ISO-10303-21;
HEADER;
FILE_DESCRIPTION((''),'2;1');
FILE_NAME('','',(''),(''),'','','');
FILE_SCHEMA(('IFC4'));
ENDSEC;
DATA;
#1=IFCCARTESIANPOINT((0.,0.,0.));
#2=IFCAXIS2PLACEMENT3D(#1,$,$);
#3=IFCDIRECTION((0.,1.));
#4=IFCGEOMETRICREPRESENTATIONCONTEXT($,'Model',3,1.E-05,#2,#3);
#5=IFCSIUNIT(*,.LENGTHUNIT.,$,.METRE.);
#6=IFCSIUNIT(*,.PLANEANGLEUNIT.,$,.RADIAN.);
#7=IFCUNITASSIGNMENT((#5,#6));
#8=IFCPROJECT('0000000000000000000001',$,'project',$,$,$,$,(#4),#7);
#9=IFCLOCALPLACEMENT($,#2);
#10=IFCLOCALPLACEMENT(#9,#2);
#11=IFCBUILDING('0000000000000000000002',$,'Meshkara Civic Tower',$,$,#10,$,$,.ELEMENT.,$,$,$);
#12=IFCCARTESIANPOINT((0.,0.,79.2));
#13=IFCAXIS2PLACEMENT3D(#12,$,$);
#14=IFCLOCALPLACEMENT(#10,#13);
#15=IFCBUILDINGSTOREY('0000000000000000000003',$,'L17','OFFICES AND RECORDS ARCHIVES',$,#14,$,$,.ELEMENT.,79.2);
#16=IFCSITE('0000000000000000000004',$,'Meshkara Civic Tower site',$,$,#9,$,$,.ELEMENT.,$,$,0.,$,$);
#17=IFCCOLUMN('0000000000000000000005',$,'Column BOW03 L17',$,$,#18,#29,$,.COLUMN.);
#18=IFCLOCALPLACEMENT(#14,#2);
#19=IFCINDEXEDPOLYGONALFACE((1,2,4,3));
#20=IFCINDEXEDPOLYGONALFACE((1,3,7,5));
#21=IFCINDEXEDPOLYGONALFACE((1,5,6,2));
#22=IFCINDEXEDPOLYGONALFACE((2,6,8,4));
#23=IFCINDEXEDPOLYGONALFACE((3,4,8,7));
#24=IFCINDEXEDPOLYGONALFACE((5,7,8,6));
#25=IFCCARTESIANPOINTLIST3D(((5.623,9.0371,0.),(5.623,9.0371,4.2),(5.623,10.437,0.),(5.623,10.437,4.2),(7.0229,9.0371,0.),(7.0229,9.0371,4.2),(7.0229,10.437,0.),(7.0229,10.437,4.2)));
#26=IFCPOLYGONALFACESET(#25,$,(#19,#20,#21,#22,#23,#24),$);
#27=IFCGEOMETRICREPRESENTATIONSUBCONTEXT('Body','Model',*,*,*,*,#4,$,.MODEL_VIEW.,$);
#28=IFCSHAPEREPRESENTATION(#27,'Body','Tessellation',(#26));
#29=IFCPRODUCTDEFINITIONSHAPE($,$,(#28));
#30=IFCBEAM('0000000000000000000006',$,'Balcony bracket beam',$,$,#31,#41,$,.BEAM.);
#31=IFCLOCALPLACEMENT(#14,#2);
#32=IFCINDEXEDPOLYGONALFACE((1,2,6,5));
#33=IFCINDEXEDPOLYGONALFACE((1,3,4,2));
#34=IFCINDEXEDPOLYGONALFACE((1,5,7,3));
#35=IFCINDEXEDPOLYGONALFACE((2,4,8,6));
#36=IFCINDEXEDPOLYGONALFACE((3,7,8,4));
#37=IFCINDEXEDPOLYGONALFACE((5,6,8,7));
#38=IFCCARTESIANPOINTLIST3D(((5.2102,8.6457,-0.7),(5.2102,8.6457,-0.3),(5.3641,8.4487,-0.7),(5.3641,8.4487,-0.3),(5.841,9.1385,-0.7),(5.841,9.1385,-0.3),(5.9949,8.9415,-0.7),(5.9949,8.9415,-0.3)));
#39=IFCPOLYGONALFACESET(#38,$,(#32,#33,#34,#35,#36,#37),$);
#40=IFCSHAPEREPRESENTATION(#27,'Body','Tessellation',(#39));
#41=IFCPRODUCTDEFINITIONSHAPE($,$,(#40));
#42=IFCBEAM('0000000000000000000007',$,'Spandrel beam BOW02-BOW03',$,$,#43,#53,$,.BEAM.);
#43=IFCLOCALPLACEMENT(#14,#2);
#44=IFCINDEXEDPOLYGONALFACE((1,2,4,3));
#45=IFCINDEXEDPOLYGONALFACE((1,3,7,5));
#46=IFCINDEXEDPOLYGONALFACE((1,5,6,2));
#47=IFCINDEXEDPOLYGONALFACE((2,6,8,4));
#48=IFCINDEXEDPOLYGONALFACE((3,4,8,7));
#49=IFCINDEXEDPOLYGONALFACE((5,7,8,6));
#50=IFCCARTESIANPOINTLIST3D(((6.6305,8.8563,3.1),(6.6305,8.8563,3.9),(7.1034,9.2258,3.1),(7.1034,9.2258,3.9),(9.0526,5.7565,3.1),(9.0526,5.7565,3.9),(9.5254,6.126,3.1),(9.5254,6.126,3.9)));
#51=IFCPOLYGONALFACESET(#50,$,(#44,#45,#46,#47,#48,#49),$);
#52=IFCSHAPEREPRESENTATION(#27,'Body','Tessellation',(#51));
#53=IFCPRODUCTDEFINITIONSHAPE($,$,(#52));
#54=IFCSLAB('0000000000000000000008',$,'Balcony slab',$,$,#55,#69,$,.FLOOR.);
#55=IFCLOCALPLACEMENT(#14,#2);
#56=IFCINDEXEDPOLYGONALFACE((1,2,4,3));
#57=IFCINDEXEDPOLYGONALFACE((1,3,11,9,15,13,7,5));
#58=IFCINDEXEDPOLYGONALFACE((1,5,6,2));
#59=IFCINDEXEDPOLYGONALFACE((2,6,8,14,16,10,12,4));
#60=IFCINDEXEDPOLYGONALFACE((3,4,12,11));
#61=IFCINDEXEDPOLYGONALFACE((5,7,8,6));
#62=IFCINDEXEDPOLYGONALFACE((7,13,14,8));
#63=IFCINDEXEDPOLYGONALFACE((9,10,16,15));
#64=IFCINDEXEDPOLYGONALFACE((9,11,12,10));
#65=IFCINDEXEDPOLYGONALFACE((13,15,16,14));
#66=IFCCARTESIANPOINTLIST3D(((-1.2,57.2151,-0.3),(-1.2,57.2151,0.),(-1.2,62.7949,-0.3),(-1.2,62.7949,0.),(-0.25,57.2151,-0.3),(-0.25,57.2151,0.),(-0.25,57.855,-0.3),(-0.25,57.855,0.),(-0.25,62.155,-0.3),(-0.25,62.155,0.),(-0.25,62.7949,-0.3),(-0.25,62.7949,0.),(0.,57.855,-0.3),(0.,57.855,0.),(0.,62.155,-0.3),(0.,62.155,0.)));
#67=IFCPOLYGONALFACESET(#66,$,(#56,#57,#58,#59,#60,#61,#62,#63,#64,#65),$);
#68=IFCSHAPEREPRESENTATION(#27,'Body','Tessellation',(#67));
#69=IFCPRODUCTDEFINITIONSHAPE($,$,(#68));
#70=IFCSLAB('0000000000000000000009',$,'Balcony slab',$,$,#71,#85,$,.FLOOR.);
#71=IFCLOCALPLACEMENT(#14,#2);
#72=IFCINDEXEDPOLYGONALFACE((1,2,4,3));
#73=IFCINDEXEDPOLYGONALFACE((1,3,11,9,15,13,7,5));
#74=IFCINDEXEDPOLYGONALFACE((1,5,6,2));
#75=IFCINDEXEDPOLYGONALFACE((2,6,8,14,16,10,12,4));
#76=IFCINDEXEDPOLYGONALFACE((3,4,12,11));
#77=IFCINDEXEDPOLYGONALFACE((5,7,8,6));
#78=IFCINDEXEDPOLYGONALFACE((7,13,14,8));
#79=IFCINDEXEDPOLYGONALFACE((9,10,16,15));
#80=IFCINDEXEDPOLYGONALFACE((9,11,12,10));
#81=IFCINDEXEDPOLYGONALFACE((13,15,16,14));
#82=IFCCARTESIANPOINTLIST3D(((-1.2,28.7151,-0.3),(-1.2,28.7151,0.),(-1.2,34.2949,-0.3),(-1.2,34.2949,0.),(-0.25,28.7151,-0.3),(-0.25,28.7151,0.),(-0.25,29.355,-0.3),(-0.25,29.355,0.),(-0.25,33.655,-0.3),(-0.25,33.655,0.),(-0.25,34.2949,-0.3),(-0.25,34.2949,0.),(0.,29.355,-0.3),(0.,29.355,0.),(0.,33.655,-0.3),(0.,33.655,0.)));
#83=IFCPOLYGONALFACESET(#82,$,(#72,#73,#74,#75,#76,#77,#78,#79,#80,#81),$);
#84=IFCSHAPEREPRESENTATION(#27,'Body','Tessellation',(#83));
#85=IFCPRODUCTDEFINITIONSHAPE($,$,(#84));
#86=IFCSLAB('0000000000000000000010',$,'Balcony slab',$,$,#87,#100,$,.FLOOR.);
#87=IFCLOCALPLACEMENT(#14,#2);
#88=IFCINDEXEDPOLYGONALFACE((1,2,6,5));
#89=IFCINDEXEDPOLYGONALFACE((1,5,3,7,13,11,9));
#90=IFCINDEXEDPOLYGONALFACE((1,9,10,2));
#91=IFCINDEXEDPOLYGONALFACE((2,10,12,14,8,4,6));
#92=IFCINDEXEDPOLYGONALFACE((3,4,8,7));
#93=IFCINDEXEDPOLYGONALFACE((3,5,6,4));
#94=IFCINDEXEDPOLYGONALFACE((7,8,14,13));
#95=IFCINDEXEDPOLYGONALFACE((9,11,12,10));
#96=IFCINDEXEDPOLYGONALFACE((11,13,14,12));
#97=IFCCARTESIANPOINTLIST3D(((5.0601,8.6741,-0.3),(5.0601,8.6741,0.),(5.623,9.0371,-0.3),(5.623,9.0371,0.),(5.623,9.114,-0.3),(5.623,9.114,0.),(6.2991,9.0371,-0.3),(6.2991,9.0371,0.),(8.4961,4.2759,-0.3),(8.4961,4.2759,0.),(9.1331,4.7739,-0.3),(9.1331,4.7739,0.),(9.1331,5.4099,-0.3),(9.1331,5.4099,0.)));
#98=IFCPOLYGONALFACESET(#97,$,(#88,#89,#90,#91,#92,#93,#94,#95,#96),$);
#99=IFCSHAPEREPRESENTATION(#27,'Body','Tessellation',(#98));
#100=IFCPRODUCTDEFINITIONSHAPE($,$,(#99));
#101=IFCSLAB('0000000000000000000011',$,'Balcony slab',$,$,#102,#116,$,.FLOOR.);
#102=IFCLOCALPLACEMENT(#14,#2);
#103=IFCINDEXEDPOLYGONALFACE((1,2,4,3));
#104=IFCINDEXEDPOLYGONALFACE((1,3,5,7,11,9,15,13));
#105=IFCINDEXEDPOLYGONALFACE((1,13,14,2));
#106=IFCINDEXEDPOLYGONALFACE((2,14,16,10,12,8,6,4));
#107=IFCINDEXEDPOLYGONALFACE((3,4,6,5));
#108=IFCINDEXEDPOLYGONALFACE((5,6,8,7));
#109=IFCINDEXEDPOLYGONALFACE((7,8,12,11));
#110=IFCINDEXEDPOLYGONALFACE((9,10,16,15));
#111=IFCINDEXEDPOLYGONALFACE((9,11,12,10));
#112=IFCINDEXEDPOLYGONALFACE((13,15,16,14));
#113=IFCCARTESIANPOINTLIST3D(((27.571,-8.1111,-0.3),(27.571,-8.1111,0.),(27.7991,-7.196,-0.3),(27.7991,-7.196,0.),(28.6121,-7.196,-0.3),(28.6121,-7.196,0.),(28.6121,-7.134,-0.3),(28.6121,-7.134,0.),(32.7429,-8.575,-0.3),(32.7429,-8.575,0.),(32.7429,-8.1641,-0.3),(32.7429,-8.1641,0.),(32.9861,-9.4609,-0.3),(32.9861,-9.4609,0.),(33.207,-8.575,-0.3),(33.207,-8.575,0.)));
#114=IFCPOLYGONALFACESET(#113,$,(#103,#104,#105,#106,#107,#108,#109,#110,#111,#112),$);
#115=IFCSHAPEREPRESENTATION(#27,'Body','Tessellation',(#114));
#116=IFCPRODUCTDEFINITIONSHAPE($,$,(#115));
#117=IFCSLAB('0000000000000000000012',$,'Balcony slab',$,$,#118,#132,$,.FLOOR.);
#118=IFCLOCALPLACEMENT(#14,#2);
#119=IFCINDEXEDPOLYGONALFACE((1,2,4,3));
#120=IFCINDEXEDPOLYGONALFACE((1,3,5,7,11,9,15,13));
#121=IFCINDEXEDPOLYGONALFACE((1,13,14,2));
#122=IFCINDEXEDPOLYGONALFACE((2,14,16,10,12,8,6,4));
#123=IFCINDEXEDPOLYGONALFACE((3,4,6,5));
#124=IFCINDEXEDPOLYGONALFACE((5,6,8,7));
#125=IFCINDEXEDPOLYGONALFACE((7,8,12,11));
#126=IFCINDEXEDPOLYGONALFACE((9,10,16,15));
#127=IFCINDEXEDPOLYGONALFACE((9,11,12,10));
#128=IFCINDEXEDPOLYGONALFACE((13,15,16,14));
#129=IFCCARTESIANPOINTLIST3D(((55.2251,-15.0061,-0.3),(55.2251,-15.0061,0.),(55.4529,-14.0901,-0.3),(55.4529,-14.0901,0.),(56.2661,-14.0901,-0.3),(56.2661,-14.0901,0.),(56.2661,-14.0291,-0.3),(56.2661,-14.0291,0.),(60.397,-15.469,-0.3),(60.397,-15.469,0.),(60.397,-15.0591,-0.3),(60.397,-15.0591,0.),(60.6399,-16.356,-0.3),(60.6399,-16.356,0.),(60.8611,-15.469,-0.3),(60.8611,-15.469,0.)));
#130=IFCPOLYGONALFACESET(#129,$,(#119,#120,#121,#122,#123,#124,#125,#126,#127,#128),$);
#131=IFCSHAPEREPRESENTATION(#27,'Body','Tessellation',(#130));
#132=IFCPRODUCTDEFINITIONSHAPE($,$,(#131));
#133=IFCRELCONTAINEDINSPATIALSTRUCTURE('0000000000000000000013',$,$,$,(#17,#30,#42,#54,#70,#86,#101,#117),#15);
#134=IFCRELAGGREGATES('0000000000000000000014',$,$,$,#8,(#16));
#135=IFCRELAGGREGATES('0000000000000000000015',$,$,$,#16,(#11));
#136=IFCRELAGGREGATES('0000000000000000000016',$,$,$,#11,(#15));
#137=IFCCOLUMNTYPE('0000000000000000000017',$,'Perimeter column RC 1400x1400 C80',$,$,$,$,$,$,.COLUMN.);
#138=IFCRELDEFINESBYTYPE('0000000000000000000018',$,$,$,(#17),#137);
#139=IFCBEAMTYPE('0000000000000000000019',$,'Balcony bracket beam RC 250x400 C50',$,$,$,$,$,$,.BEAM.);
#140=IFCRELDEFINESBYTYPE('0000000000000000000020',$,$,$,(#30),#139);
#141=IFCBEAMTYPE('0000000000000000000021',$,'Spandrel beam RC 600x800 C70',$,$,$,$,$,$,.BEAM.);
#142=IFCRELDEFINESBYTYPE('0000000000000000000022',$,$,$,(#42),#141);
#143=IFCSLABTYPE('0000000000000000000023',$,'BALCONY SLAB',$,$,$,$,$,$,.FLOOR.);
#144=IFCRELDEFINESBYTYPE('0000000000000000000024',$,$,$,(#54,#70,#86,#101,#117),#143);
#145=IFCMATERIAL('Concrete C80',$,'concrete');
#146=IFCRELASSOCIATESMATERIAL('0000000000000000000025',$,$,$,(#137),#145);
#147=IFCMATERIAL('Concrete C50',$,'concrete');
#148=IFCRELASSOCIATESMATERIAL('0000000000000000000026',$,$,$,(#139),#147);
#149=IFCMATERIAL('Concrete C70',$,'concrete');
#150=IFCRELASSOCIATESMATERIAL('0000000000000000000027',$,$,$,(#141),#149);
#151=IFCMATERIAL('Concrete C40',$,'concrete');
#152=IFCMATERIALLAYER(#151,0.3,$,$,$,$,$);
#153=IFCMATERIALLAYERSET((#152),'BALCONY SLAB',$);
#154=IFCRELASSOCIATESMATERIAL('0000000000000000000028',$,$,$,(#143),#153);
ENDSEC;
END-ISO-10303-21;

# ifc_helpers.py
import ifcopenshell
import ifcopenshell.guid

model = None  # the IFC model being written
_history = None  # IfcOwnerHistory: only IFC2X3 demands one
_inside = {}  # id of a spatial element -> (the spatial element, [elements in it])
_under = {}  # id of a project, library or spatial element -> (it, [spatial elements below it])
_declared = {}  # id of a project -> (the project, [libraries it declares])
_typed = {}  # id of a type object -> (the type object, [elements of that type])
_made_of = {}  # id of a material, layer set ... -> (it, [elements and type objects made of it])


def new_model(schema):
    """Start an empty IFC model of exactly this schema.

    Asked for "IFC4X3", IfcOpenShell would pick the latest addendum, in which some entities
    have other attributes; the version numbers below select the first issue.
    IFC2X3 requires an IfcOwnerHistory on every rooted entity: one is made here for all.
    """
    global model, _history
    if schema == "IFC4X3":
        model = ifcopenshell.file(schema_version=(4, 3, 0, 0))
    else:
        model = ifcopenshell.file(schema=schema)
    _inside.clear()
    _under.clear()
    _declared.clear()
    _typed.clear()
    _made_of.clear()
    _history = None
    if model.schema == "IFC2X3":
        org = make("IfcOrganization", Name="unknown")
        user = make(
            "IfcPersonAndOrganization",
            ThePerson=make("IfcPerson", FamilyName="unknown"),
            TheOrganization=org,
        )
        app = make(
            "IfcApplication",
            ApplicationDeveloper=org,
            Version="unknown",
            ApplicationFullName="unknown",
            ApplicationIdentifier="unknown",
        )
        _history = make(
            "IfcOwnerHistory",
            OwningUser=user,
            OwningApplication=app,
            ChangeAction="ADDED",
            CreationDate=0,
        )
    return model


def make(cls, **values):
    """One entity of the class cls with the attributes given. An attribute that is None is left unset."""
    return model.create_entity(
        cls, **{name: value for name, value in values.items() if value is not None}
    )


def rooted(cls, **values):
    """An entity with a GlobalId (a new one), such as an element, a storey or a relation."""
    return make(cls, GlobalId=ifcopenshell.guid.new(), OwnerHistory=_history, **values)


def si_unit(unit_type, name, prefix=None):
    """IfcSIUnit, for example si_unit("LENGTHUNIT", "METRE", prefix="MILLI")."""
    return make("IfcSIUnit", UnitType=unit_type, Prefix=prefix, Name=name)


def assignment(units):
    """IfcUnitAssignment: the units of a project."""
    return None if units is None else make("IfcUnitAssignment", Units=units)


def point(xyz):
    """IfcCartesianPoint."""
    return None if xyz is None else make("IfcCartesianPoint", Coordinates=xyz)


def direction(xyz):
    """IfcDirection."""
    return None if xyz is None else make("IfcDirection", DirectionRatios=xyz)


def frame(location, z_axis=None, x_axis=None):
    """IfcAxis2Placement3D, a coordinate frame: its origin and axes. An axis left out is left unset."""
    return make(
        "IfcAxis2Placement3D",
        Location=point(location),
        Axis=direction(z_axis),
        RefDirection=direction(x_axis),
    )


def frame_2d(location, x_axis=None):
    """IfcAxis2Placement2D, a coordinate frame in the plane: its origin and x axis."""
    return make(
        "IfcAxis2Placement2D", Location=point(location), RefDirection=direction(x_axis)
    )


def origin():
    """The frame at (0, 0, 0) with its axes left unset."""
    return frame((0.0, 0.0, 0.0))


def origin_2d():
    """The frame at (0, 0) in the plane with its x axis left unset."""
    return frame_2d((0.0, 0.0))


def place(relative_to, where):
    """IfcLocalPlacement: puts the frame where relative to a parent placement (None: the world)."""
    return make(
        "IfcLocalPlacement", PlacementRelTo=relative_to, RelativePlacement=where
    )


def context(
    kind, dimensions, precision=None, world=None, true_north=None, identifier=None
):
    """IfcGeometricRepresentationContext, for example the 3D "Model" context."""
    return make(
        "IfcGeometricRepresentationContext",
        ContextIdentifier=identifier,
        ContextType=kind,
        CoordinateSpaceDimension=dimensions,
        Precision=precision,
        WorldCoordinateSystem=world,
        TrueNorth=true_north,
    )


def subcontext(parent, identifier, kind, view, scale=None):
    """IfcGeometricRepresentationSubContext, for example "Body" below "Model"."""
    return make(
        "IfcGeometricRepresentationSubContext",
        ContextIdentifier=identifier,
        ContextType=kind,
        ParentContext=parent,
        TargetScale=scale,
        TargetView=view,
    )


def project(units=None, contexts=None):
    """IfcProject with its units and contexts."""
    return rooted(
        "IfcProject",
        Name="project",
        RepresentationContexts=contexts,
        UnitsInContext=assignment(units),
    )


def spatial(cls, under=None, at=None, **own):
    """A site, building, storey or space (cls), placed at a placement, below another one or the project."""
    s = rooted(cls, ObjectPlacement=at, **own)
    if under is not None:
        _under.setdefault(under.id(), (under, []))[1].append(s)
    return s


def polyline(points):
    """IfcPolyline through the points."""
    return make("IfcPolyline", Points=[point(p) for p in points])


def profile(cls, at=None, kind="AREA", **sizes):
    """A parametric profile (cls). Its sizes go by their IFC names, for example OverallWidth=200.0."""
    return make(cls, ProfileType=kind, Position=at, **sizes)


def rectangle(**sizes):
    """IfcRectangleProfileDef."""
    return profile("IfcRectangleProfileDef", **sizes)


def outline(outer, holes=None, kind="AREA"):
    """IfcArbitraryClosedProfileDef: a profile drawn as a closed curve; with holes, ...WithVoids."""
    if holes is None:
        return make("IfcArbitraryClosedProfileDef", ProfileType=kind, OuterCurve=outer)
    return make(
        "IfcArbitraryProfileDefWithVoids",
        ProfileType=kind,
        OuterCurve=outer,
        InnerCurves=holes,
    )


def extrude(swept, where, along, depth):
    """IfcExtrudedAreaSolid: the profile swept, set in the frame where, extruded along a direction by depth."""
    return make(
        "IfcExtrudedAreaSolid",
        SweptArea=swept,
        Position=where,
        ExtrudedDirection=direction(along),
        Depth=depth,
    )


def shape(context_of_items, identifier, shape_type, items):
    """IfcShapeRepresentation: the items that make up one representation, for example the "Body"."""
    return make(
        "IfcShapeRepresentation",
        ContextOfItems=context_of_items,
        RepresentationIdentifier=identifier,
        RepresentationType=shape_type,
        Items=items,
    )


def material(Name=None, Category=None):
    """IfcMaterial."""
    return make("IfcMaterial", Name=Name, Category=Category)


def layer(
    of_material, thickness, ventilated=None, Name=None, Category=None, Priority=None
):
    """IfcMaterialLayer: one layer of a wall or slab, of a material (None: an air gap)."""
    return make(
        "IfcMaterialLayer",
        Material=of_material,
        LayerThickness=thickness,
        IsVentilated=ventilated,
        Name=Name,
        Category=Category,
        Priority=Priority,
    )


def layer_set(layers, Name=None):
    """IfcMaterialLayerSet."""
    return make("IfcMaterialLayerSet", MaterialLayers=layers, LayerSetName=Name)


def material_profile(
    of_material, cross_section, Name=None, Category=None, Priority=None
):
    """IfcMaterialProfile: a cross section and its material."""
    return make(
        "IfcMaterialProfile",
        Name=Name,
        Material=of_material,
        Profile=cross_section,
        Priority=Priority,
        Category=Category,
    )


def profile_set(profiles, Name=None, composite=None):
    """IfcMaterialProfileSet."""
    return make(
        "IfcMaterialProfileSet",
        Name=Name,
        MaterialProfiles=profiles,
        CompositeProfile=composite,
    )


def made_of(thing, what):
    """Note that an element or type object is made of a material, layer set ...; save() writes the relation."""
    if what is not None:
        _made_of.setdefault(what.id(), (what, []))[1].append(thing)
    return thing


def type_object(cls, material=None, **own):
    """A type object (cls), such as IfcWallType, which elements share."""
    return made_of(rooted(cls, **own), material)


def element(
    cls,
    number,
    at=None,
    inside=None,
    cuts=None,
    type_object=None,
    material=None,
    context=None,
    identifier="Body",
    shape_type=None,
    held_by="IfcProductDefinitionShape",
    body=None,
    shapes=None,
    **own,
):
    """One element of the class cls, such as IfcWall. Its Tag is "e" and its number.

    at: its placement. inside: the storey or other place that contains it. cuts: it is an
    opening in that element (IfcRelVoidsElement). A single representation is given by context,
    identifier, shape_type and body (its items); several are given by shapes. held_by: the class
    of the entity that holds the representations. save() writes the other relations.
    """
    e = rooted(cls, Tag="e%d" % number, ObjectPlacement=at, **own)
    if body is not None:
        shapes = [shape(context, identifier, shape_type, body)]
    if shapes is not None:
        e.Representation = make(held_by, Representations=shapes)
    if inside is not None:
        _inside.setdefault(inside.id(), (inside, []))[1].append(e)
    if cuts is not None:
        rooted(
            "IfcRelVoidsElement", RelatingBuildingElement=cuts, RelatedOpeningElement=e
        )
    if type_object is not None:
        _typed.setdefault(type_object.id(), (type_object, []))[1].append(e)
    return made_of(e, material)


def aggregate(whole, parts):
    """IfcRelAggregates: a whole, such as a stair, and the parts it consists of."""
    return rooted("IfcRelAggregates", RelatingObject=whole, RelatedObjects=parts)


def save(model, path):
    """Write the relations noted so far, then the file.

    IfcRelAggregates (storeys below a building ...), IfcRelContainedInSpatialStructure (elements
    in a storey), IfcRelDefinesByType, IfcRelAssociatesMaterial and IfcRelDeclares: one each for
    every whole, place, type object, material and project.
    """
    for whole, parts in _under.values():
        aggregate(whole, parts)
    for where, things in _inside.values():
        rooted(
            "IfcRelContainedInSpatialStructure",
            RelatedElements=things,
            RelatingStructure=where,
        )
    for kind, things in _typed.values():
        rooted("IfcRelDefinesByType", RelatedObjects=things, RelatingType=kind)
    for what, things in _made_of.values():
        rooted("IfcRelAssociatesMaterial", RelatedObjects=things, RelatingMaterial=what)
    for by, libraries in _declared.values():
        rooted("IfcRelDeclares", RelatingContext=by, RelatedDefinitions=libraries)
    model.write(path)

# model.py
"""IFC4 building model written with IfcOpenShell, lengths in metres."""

from ifc_helpers import new_model, si_unit, direction, frame, origin, origin_2d, place, context, subcontext, project, spatial, polyline, rectangle, outline, extrude, material, layer, layer_set, material_profile, profile_set, type_object, element, save


model = new_model("IFC4")

# Units and contexts
model_context = context("Model", 3, precision=1e-05, world=origin(), true_north=direction((0.0, 1.0)))
body_context = subcontext(model_context, "Body", "Model", "MODEL_VIEW")
ifc_project = project(units=[si_unit("LENGTHUNIT", "METRE"), si_unit("PLANEANGLEUNIT", "RADIAN")], contexts=[model_context])

# Site, building, storey
site_placement = place(None, origin())
site = spatial("IfcSite", under=ifc_project, at=site_placement, Name="Meshkara Civic Tower site", CompositionType="ELEMENT", RefElevation=0.0)
building_placement = place(site_placement, origin())
building = spatial("IfcBuilding", under=site, at=building_placement, Name="Meshkara Civic Tower", CompositionType="ELEMENT")
storey_placement = place(building_placement, frame((0.0, 0.0, 79.2)))
storey = spatial("IfcBuildingStorey", under=building, at=storey_placement, Name="L17", Description="OFFICES AND RECORDS ARCHIVES", CompositionType="ELEMENT", Elevation=79.2)

# Column
ifc_material_1 = material(Name="Concrete C80", Category="concrete")
ifc_material_profile_1 = material_profile(ifc_material_1, rectangle(XDim=1.3999, YDim=1.3999, at=origin_2d()))
ifc_profile_set_1 = profile_set([ifc_material_profile_1], Name="Concrete C80")
column_type = type_object("IfcColumnType", Name="Perimeter column RC 1400x1400 C80", PredefinedType="COLUMN", material=ifc_profile_set_1)
column_placement = place(storey_placement, frame((6.323, 9.7371, 0.0), z_axis=(0.0, 0.0, 1.0), x_axis=(1.0, 0.0, 0.0)))
element("IfcColumn", 1, at=column_placement, inside=storey, type_object=column_type, Name="Column BOW03 L17", PredefinedType="COLUMN", context=body_context, shape_type="SweptSolid", body=[
    extrude(rectangle(XDim=1.3999, YDim=1.3999, at=origin_2d()), origin(), (0.0, 0.0, 1.0), 4.2),
])

# Beams
ifc_material_2 = material(Name="Concrete C50", Category="concrete")
ifc_material_profile_2 = material_profile(ifc_material_2, rectangle(XDim=0.25, YDim=0.3999, at=origin_2d()))
ifc_profile_set_2 = profile_set([ifc_material_profile_2], Name="Concrete C50")
beam_type_1 = type_object("IfcBeamType", Name="Balcony bracket beam RC 250x400 C50", PredefinedType="BEAM", material=ifc_profile_set_2)
beam_1_placement = place(storey_placement, frame((5.918, 9.04, -0.5), z_axis=(-0.787987, -0.615691, 0.0), x_axis=(0.615691, -0.787987, 0.0)))
element("IfcBeam", 2, at=beam_1_placement, inside=storey, type_object=beam_type_1, Name="Balcony bracket beam", PredefinedType="BEAM", context=body_context, shape_type="SweptSolid", body=[
    extrude(rectangle(XDim=0.25, YDim=0.3999, at=origin_2d()), origin(), (0.0, 0.0, 1.0), 0.8005),
])
ifc_material_3 = material(Name="Concrete C70", Category="concrete")
ifc_material_profile_3 = material_profile(ifc_material_3, rectangle(XDim=0.6001, YDim=0.8, at=origin_2d()))
ifc_profile_set_3 = profile_set([ifc_material_profile_3], Name="Concrete C70")
beam_type_2 = type_object("IfcBeamType", Name="Spandrel beam RC 600x800 C70", PredefinedType="BEAM", material=ifc_profile_set_3)
beam_2_placement = place(storey_placement, frame((6.8669, 9.041, 3.5), z_axis=(0.615701, -0.78798, 0.0), x_axis=(0.78798, 0.615701, 0.0)))
element("IfcBeam", 3, at=beam_2_placement, inside=storey, type_object=beam_type_2, Name="Spandrel beam BOW02-BOW03", PredefinedType="BEAM", context=body_context, shape_type="SweptSolid", body=[
    extrude(rectangle(XDim=0.6001, YDim=0.8, at=origin_2d()), origin(), (0.0, 0.0, 1.0), 3.9338),
])

# Slabs
ifc_material_4 = material(Name="Concrete C40", Category="concrete")
ifc_layer_1 = layer(ifc_material_4, 0.3)
ifc_layer_set_1 = layer_set([ifc_layer_1], Name="BALCONY SLAB")
slab_type_1 = type_object("IfcSlabType", Name="BALCONY SLAB", PredefinedType="FLOOR", material=ifc_layer_set_1)
slab_1_placement = place(storey_placement, frame((0.0, 0.0, -0.3)))
element("IfcSlab", 4, at=slab_1_placement, inside=storey, type_object=slab_type_1, Name="Balcony slab", PredefinedType="FLOOR", context=body_context, shape_type="SweptSolid", body=[
    extrude(outline(polyline([(-1.2, 57.2151), (-1.2, 62.7949), (-0.25, 62.7949), (-0.25, 62.155), (0.0, 62.155), (0.0, 57.855), (-0.25, 57.855), (-0.25, 57.2151), (-1.2, 57.2151)])), origin(), (0.0, 0.0, 1.0), 0.3),
])
slab_2_placement = place(storey_placement, frame((0.0, 0.0, -0.3)))
element("IfcSlab", 5, at=slab_2_placement, inside=storey, type_object=slab_type_1, Name="Balcony slab", PredefinedType="FLOOR", context=body_context, shape_type="SweptSolid", body=[
    extrude(outline(polyline([(-1.2, 28.7151), (-1.2, 34.2949), (-0.25, 34.2949), (-0.25, 33.655), (0.0, 33.655), (0.0, 29.355), (-0.25, 29.355), (-0.25, 28.7151), (-1.2, 28.7151)])), origin(), (0.0, 0.0, 1.0), 0.3),
])
slab_3_placement = place(storey_placement, frame((0.0, 0.0, -0.3)))
element("IfcSlab", 6, at=slab_3_placement, inside=storey, type_object=slab_type_1, Name="Balcony slab", PredefinedType="FLOOR", context=body_context, shape_type="SweptSolid", body=[
    extrude(outline(polyline([(8.4961, 4.2759), (5.0601, 8.6741), (5.623, 9.114), (5.623, 9.0371), (6.2991, 9.0371), (9.1331, 5.4099), (9.1331, 4.7739), (8.4961, 4.2759)])), origin(), (0.0, 0.0, 1.0), 0.3),
])
slab_4_placement = place(storey_placement, frame((0.0, 0.0, -0.3)))
element("IfcSlab", 7, at=slab_4_placement, inside=storey, type_object=slab_type_1, Name="Balcony slab", PredefinedType="FLOOR", context=body_context, shape_type="SweptSolid", body=[
    extrude(outline(polyline([(32.9861, -9.4609), (27.571, -8.1111), (27.7991, -7.196), (28.6121, -7.196), (28.6121, -7.134), (32.7429, -8.1641), (32.7429, -8.575), (33.207, -8.575), (32.9861, -9.4609)])), origin(), (0.0, 0.0, 1.0), 0.3),
])
slab_5_placement = place(storey_placement, frame((0.0, 0.0, -0.3)))
element("IfcSlab", 8, at=slab_5_placement, inside=storey, type_object=slab_type_1, Name="Balcony slab", PredefinedType="FLOOR", context=body_context, shape_type="SweptSolid", body=[
    extrude(outline(polyline([(60.6399, -16.356), (55.2251, -15.0061), (55.4529, -14.0901), (56.2661, -14.0901), (56.2661, -14.0291), (60.397, -15.0591), (60.397, -15.469), (60.8611, -15.469), (60.6399, -16.356)])), origin(), (0.0, 0.0, 1.0), 0.3),
])

save(model, "model.ifc")
